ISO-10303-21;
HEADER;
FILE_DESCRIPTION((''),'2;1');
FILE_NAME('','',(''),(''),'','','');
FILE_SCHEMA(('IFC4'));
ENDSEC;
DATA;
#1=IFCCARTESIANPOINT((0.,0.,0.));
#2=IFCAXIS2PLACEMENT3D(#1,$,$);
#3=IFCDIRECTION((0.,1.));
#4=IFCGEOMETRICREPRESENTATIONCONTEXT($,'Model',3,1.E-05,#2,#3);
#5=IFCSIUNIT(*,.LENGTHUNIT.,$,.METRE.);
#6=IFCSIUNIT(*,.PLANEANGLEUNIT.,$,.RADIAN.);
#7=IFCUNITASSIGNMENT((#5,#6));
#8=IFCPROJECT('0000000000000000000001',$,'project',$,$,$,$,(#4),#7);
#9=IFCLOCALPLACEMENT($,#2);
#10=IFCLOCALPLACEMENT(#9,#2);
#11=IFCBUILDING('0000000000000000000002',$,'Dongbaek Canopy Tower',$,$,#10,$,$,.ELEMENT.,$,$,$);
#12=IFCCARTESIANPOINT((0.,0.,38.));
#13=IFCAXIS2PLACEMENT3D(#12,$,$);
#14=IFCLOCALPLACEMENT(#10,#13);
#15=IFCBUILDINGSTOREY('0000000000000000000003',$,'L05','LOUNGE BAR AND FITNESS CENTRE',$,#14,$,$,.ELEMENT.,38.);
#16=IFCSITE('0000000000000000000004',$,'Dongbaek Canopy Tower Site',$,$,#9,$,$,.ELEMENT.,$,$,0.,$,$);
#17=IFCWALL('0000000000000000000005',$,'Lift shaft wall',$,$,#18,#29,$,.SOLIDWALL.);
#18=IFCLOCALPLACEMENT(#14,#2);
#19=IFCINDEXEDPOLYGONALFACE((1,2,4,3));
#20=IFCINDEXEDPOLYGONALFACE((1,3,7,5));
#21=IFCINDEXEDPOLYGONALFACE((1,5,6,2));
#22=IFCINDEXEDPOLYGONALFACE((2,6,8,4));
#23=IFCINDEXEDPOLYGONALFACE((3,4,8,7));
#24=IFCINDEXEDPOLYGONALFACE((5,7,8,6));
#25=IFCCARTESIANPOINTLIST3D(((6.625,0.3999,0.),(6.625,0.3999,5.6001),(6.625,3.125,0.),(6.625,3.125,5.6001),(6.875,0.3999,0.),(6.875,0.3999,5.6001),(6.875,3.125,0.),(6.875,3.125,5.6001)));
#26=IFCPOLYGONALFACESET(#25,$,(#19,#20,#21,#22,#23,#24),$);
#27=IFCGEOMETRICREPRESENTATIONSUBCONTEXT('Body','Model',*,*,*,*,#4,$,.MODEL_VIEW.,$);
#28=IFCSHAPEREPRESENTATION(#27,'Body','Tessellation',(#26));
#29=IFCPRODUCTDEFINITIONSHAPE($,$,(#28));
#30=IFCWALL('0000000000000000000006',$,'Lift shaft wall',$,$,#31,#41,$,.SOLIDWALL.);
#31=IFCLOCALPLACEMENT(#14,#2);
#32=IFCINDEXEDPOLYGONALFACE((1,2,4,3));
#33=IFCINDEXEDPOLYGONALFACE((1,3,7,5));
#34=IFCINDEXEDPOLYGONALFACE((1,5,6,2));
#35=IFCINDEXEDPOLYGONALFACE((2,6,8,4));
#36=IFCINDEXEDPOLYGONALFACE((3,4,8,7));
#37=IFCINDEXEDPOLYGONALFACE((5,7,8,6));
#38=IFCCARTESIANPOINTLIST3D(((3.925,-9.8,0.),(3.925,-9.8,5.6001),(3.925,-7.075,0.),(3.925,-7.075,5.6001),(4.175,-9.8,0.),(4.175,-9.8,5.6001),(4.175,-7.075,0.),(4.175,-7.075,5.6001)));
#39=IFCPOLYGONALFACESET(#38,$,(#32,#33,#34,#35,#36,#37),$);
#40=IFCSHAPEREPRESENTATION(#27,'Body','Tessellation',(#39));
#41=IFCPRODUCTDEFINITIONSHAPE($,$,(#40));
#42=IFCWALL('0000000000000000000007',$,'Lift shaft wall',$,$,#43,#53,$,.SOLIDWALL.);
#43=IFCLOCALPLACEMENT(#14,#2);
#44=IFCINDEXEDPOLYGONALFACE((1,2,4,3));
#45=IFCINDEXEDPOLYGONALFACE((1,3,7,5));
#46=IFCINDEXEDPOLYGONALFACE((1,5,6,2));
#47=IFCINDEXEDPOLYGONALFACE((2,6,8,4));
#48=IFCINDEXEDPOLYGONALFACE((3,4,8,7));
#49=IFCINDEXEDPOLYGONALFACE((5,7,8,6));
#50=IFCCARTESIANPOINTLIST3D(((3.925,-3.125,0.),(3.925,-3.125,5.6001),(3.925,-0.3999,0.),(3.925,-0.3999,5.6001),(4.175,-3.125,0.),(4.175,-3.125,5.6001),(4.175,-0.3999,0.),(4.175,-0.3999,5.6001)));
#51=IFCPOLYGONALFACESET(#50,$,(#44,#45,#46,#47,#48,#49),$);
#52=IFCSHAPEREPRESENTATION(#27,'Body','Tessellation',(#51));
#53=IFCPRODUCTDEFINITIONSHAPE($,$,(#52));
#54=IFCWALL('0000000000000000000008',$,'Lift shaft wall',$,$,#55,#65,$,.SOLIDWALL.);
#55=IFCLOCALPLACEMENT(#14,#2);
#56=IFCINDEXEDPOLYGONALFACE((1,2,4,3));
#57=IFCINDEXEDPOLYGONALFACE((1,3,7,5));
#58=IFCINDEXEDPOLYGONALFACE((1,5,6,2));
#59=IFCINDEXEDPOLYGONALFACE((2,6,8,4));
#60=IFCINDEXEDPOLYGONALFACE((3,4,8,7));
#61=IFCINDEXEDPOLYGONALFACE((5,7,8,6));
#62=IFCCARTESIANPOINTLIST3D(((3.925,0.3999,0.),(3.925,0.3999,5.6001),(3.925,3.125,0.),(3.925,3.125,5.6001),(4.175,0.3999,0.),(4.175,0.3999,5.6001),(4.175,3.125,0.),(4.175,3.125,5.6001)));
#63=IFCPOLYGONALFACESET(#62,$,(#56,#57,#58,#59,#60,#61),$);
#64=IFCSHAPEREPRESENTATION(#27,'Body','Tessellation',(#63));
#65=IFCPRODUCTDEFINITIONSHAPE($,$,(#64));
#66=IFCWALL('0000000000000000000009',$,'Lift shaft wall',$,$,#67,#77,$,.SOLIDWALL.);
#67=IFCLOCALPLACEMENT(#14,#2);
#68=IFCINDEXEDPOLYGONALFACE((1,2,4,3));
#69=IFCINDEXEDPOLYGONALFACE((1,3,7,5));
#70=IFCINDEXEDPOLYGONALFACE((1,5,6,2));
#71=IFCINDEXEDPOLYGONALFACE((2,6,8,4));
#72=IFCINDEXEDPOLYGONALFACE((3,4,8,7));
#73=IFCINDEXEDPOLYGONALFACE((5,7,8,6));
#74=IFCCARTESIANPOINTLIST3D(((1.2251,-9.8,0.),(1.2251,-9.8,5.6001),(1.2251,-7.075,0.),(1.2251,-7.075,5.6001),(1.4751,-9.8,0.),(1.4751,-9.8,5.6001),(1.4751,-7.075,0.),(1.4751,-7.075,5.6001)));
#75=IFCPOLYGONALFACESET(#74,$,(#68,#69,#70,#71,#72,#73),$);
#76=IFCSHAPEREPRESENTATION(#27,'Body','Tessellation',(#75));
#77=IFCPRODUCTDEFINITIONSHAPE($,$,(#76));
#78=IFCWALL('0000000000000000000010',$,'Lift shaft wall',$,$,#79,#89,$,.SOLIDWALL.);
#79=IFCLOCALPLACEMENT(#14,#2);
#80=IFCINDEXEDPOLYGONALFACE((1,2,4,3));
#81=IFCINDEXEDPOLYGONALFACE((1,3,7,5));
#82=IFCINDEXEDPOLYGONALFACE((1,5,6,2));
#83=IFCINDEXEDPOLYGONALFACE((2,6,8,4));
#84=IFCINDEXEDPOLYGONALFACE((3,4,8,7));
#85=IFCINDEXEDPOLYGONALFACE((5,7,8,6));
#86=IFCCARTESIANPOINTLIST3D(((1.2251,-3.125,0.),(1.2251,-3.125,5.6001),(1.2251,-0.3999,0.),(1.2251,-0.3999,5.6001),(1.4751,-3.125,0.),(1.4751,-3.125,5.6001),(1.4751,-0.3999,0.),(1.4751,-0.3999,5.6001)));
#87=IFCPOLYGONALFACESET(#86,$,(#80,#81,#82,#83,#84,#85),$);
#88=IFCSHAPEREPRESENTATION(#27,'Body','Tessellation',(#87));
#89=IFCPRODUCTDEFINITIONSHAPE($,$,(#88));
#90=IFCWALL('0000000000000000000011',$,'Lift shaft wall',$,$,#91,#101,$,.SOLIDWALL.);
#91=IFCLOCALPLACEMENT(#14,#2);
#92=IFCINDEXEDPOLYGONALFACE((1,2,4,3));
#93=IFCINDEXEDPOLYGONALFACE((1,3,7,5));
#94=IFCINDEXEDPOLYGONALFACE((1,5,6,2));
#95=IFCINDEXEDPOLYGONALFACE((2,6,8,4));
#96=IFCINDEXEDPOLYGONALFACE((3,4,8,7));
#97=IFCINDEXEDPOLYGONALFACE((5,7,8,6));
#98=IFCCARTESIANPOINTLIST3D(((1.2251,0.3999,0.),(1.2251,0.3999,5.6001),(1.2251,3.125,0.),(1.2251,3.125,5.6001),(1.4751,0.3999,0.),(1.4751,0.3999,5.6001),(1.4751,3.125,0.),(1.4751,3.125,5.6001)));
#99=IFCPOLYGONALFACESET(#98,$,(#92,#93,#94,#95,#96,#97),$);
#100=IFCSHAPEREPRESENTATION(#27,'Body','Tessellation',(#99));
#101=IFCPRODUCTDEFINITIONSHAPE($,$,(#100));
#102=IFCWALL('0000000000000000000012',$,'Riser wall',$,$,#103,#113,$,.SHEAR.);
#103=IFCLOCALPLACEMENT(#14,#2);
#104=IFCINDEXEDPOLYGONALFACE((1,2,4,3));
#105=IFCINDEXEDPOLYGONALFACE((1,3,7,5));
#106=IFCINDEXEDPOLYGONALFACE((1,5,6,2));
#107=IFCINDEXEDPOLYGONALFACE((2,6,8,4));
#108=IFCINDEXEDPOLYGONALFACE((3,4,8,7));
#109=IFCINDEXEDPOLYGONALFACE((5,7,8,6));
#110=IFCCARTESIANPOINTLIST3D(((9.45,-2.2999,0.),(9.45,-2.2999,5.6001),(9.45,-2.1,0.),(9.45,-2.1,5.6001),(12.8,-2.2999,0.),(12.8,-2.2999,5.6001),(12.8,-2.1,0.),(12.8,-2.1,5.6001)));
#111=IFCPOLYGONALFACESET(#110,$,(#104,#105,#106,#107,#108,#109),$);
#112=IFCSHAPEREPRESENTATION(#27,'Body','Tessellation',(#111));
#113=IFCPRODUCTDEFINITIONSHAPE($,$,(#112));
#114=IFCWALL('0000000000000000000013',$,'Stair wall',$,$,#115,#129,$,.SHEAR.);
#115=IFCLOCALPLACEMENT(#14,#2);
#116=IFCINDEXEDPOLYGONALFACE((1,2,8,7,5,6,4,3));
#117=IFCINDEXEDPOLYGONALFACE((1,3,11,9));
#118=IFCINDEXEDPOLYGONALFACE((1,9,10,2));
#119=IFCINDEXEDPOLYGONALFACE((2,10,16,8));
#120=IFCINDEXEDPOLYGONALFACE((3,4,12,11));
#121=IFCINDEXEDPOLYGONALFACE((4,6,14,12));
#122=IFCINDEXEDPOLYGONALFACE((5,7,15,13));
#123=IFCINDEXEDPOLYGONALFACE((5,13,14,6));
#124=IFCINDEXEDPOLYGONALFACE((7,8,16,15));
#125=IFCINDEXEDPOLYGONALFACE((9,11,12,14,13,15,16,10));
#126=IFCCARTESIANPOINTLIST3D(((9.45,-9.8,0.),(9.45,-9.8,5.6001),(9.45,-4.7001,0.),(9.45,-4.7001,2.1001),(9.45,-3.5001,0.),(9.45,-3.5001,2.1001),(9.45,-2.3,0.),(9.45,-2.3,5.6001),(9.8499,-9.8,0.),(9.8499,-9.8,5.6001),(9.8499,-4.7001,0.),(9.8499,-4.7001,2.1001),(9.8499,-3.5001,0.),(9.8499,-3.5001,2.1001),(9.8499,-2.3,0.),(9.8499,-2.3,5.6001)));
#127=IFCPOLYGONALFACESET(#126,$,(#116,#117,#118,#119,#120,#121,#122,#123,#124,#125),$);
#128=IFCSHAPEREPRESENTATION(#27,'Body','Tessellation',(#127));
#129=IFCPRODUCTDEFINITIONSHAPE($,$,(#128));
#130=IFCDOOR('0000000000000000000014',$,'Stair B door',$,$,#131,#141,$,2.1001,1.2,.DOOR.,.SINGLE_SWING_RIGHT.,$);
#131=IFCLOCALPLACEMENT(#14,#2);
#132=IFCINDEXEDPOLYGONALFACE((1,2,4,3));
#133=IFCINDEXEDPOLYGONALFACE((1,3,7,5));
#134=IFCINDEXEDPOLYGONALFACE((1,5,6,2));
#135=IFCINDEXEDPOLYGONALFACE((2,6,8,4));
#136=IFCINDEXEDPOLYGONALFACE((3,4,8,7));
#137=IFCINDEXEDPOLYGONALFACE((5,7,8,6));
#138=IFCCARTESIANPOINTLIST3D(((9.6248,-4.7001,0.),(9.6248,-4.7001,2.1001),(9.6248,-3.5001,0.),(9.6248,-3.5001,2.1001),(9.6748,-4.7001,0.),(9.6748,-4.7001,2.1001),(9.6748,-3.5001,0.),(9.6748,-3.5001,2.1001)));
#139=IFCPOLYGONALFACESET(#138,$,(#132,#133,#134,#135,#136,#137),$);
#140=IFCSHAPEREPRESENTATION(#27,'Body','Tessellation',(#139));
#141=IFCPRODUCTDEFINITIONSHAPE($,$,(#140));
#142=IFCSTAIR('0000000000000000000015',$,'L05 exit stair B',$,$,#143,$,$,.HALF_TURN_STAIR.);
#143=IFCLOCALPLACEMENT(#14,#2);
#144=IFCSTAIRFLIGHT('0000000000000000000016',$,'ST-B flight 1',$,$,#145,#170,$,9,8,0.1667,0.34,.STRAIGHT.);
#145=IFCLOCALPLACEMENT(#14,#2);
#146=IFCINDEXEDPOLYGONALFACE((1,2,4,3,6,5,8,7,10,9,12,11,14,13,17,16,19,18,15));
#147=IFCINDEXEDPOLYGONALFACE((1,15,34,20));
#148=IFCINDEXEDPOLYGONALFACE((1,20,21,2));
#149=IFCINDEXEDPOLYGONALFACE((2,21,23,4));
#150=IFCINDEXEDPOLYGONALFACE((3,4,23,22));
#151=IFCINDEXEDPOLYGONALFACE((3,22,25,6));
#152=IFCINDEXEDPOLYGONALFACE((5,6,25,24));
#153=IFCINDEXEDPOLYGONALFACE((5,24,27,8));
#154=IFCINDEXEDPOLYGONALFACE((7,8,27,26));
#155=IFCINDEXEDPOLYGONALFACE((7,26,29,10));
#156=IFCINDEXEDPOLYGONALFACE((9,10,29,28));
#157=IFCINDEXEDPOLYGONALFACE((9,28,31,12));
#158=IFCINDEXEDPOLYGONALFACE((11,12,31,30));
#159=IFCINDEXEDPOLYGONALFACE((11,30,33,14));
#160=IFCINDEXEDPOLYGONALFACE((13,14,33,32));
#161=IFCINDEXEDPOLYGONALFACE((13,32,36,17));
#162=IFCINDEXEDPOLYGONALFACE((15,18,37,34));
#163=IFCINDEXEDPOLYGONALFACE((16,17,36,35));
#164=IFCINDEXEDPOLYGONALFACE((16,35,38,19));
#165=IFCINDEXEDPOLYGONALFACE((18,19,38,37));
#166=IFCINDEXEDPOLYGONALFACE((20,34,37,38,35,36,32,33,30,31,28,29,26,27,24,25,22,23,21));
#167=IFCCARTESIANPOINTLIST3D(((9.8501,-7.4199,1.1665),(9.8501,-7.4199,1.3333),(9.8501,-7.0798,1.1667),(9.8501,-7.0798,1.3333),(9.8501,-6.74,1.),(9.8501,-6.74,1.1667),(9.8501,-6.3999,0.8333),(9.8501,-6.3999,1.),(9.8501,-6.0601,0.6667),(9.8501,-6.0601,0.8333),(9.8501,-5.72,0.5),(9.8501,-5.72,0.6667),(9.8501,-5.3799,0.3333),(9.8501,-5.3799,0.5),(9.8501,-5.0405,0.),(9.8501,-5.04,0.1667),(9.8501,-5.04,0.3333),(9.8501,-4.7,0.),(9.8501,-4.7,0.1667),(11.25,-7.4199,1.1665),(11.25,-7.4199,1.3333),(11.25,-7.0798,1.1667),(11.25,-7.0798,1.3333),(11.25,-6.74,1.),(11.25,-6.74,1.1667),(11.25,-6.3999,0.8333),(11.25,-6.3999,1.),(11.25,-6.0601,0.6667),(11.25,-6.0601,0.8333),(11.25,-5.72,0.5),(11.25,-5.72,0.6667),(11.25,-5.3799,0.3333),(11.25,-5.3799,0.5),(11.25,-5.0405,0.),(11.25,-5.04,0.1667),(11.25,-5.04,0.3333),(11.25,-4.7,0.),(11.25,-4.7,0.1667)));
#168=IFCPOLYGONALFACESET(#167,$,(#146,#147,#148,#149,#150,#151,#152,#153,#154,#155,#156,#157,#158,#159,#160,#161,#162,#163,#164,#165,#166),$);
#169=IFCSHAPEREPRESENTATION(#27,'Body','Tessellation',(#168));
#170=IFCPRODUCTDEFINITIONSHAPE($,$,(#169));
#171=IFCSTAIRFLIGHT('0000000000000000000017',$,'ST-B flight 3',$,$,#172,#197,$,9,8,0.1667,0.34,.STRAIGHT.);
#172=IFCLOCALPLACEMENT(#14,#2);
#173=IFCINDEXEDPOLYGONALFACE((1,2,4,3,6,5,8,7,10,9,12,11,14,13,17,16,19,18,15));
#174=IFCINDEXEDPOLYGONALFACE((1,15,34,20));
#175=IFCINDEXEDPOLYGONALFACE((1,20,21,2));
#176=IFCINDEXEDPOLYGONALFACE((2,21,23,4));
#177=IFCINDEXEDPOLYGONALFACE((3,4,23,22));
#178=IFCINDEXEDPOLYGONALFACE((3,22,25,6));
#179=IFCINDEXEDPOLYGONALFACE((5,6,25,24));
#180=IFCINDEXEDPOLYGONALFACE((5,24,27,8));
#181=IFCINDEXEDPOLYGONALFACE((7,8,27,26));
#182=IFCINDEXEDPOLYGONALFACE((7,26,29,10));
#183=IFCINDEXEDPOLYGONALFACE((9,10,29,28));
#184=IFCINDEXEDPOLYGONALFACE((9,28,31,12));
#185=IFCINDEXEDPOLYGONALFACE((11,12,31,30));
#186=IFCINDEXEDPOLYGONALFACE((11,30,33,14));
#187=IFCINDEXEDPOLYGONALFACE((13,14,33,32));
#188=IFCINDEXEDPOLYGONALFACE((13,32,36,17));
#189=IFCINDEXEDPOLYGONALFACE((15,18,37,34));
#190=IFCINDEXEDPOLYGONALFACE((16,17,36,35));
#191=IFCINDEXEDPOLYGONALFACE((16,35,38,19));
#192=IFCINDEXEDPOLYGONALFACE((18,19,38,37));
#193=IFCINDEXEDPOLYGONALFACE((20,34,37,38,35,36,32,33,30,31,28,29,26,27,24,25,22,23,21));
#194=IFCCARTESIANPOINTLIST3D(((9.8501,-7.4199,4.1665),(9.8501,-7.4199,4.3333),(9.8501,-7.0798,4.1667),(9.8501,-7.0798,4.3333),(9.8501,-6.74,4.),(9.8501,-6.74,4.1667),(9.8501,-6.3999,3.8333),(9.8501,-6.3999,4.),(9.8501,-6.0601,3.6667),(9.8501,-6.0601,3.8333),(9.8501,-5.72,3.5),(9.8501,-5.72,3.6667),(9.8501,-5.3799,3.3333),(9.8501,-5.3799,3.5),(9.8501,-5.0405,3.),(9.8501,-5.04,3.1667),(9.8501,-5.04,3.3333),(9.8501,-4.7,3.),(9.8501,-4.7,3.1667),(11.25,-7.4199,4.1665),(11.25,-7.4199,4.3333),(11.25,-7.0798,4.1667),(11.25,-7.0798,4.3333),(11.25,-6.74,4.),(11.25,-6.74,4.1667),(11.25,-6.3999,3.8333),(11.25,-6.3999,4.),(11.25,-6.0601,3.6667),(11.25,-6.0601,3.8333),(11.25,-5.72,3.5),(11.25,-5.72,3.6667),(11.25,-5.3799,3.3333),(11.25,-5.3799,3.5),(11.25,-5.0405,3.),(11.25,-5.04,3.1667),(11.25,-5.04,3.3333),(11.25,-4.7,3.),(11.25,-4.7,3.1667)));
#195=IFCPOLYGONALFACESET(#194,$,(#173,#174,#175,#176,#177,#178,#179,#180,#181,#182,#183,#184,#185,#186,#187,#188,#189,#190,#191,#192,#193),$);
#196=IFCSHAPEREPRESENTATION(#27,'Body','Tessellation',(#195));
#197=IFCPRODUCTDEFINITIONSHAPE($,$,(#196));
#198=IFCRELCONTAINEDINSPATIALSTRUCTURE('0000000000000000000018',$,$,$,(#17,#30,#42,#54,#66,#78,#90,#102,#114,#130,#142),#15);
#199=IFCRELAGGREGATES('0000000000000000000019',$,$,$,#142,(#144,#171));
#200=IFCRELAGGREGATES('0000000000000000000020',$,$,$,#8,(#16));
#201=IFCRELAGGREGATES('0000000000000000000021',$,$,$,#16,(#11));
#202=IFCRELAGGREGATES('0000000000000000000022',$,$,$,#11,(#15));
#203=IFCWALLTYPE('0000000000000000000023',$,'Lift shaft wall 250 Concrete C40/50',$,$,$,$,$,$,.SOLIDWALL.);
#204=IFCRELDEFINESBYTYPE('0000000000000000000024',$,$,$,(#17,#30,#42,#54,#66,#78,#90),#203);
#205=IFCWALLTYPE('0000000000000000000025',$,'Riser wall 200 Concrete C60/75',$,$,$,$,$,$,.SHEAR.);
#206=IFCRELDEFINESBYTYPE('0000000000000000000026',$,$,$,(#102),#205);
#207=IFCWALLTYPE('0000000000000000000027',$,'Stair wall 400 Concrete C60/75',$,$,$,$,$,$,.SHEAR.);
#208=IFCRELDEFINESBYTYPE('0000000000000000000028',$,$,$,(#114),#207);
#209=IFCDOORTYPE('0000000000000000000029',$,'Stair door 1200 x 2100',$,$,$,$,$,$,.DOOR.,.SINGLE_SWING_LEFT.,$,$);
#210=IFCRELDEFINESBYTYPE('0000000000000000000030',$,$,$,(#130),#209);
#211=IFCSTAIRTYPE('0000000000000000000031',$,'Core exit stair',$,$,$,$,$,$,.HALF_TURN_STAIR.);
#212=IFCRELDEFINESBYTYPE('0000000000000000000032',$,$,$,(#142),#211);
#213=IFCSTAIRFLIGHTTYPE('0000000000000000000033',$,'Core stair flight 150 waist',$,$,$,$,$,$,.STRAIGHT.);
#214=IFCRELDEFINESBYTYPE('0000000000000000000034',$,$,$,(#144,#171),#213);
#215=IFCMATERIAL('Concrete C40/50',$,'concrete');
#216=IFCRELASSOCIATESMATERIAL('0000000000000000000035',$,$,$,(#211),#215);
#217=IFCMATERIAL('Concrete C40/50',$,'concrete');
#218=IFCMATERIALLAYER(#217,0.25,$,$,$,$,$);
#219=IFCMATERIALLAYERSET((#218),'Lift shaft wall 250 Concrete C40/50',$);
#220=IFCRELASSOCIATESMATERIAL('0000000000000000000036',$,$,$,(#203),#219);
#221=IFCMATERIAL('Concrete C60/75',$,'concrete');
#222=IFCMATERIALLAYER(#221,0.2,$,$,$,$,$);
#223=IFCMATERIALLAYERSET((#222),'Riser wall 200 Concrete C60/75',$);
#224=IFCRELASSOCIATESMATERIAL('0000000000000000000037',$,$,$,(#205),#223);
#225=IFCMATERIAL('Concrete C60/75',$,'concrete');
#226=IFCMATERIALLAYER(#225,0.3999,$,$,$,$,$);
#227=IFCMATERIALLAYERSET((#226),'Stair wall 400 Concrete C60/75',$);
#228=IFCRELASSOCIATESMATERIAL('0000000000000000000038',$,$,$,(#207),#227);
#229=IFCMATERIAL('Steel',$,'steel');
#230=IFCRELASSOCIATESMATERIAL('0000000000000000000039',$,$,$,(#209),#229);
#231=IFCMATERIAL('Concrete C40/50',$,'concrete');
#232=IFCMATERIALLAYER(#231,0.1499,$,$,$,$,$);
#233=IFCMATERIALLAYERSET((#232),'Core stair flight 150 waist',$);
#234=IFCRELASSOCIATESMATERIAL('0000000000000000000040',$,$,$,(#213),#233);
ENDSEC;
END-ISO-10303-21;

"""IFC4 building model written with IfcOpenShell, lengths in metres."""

from ifc_helpers import new_model, si_unit, direction, frame, frame_2d, origin, place, context, subcontext, project, spatial, polyline, rectangle, outline, extrude, material, layer, layer_set, type_object, element, fill, aggregate, save


model = new_model("IFC4")

# Units and contexts
model_context = context("Model", 3, precision=1e-05, world=origin(), true_north=direction((0.0, 1.0)))
body_context = subcontext(model_context, "Body", "Model", "MODEL_VIEW")
ifc_project = project(units=[si_unit("LENGTHUNIT", "METRE"), si_unit("PLANEANGLEUNIT", "RADIAN")], contexts=[model_context])

# Site, building, storey
site_placement = place(None, origin())
site = spatial("IfcSite", under=ifc_project, at=site_placement, Name="Dongbaek Canopy Tower Site", CompositionType="ELEMENT", RefElevation=0.0)
building_placement = place(site_placement, origin())
building = spatial("IfcBuilding", under=site, at=building_placement, Name="Dongbaek Canopy Tower", CompositionType="ELEMENT")
storey_placement = place(building_placement, frame((0.0, 0.0, 38.0)))
storey = spatial("IfcBuildingStorey", under=building, at=storey_placement, Name="L05", Description="LOUNGE BAR AND FITNESS CENTRE", CompositionType="ELEMENT", Elevation=38.0)

# Shared definitions
ifc_material_1 = material(Name="Concrete C40/50", Category="concrete")
stair_type = type_object("IfcStairType", Name="Core exit stair", PredefinedType="HALF_TURN_STAIR", material=ifc_material_1)

# Walls
ifc_material_2 = material(Name="Concrete C40/50", Category="concrete")
ifc_layer_1 = layer(ifc_material_2, 0.25)
ifc_layer_set_1 = layer_set([ifc_layer_1], Name="Lift shaft wall 250 Concrete C40/50")
wall_type_1 = type_object("IfcWallType", Name="Lift shaft wall 250 Concrete C40/50", PredefinedType="SOLIDWALL", material=ifc_layer_set_1)
for number, where, z_axis, x_axis, name in (
    (1, (6.75, 0.3999, 0.0), (0.0, 0.0, 1.0), (0.0, 1.0, 0.0), "Lift shaft wall"),
    (2, (4.05, -9.8, 0.0), (0.0, 0.0, 1.0), (0.0, 1.0, 0.0), "Lift shaft wall"),
    (3, (4.05, -3.125, 0.0), (0.0, 0.0, 1.0), (0.0, 1.0, 0.0), "Lift shaft wall"),
    (4, (4.05, 0.3999, 0.0), (0.0, 0.0, 1.0), (0.0, 1.0, 0.0), "Lift shaft wall"),
    (5, (1.3501, -9.8, 0.0), (0.0, 0.0, 1.0), (0.0, 1.0, 0.0), "Lift shaft wall"),
    (6, (1.3501, -3.125, 0.0), (0.0, 0.0, 1.0), (0.0, 1.0, 0.0), "Lift shaft wall"),
    (7, (1.3501, 0.3999, 0.0), (0.0, 0.0, 1.0), (0.0, 1.0, 0.0), "Lift shaft wall"),
):
    element("IfcWall", number, at=place(storey_placement, frame(where, z_axis=z_axis, x_axis=x_axis)), inside=storey, type_object=wall_type_1, Name=name, PredefinedType="SOLIDWALL", context=body_context, shape_type="SweptSolid", body=[
        extrude(rectangle(XDim=2.7251, YDim=0.25, at=frame_2d((1.3625, 0.0))), origin(), (0.0, 0.0, 1.0), 5.6001),
    ])
ifc_material_3 = material(Name="Concrete C60/75", Category="concrete")
ifc_layer_2 = layer(ifc_material_3, 0.2)
ifc_layer_set_2 = layer_set([ifc_layer_2], Name="Riser wall 200 Concrete C60/75")
wall_type_2 = type_object("IfcWallType", Name="Riser wall 200 Concrete C60/75", PredefinedType="SHEAR", material=ifc_layer_set_2)
wall_1_placement = place(storey_placement, frame((9.45, -2.2, 0.0), z_axis=(0.0, 0.0, 1.0), x_axis=(1.0, 0.0, 0.0)))
element("IfcWall", 8, at=wall_1_placement, inside=storey, type_object=wall_type_2, Name="Riser wall", PredefinedType="SHEAR", context=body_context, shape_type="SweptSolid", body=[
    extrude(rectangle(XDim=3.3501, YDim=0.2, at=frame_2d((1.675, 0.0))), origin(), (0.0, 0.0, 1.0), 5.6001),
])

# Wall, opening, door
ifc_material_4 = material(Name="Concrete C60/75", Category="concrete")
ifc_layer_3 = layer(ifc_material_4, 0.3999)
ifc_layer_set_3 = layer_set([ifc_layer_3], Name="Stair wall 400 Concrete C60/75")
wall_type_3 = type_object("IfcWallType", Name="Stair wall 400 Concrete C60/75", PredefinedType="SHEAR", material=ifc_layer_set_3)
wall_2_placement = place(storey_placement, frame((9.6499, -2.3, 0.0), z_axis=(0.0, 0.0, 1.0), x_axis=(0.0, -1.0, 0.0)))
wall_2 = element("IfcWall", 9, at=wall_2_placement, inside=storey, type_object=wall_type_3, Name="Stair wall", PredefinedType="SHEAR", context=body_context, shape_type="SweptSolid", body=[
    extrude(rectangle(XDim=7.5, YDim=0.3999, at=frame_2d((3.75, 0.0))), origin(), (0.0, 0.0, 1.0), 5.6001),
])
opening_1_placement = place(wall_2_placement, frame((1.2, 0.0, 0.0)))
opening_1 = element("IfcOpeningElement", 10, at=opening_1_placement, cuts=wall_2, PredefinedType="OPENING", context=body_context, shape_type="SweptSolid", body=[
    extrude(rectangle(XDim=1.2, YDim=2.1001, at=frame_2d((0.6001, 1.05))), frame((0.0, 0.21, 0.0), z_axis=(0.0, -1.0, 0.0), x_axis=(1.0, 0.0, 0.0)), (0.0, 0.0, 1.0), 0.4199),
])
ifc_material_5 = material(Name="Steel", Category="steel")
door_type_1 = type_object("IfcDoorType", Name="Stair door 1200 x 2100", OperationType="SINGLE_SWING_LEFT", PredefinedType="DOOR", material=ifc_material_5)
door_1_placement = place(opening_1_placement, origin())
door_1 = element("IfcDoor", 11, at=door_1_placement, inside=storey, type_object=door_type_1, Name="Stair B door", OperationType="SINGLE_SWING_RIGHT", OverallHeight=2.1001, OverallWidth=1.2, PredefinedType="DOOR", context=body_context, shape_type="SweptSolid", body=[
    extrude(rectangle(XDim=1.2, YDim=2.1001, at=frame_2d((0.6001, 1.05))), frame((0.0, 0.0249, 0.0), z_axis=(0.0, -1.0, 0.0), x_axis=(1.0, 0.0, 0.0)), (0.0, 0.0, 1.0), 0.05),
])
fill(opening_1, door_1)

# Stair, stair flights
stair_1_placement = place(storey_placement, origin())
stair_1 = element("IfcStair", 12, at=stair_1_placement, inside=storey, type_object=stair_type, Name="L05 exit stair B", PredefinedType="HALF_TURN_STAIR")
ifc_material_6 = material(Name="Concrete C40/50", Category="concrete")
ifc_layer_4 = layer(ifc_material_6, 0.1499)
ifc_layer_set_4 = layer_set([ifc_layer_4], Name="Core stair flight 150 waist")
stair_flight_type = type_object("IfcStairFlightType", Name="Core stair flight 150 waist", PredefinedType="STRAIGHT", material=ifc_layer_set_4)
stair_flight_1_placement = place(storey_placement, frame((10.55, -4.7, 0.0), z_axis=(0.0, 0.0, 1.0), x_axis=(0.0, -1.0, 0.0)))
stair_flight_1 = element("IfcStairFlight", 13, at=stair_flight_1_placement, type_object=stair_flight_type, Name="ST-B flight 1", NumberOfRisers=9, NumberOfTreads=8, PredefinedType="STRAIGHT", RiserHeight=0.1667, TreadLength=0.34, context=body_context, shape_type="SweptSolid", body=[
    extrude(outline(polyline([(0.0, 0.0), (0.0, 0.1667), (0.3401, 0.1667), (0.3401, 0.3333), (0.6799, 0.3333), (0.6799, 0.5), (1.02, 0.5), (1.02, 0.6667), (1.3601, 0.6667), (1.3601, 0.8333), (1.7, 0.8333), (1.7, 1.0), (2.04, 1.0), (2.04, 1.1667), (2.3799, 1.1667), (2.3799, 1.3333), (2.72, 1.3333), (2.72, 1.5), (2.72, 1.1665), (0.3406, 0.0), (0.0, 0.0)])), frame((0.0, 0.7, 0.0), z_axis=(0.0, -1.0, 0.0), x_axis=(1.0, 0.0, 0.0)), (0.0, 0.0, 1.0), 1.3999),
])
stair_flight_2_placement = place(storey_placement, frame((10.55, -4.7, 3.0), z_axis=(0.0, 0.0, 1.0), x_axis=(0.0, -1.0, 0.0)))
stair_flight_2 = element("IfcStairFlight", 14, at=stair_flight_2_placement, type_object=stair_flight_type, Name="ST-B flight 3", NumberOfRisers=9, NumberOfTreads=8, PredefinedType="STRAIGHT", RiserHeight=0.1667, TreadLength=0.34, context=body_context, shape_type="SweptSolid", body=[
    extrude(outline(polyline([(0.0, 0.0), (0.0, 0.1667), (0.3401, 0.1667), (0.3401, 0.3333), (0.6799, 0.3333), (0.6799, 0.5), (1.02, 0.5), (1.02, 0.6667), (1.3601, 0.6667), (1.3601, 0.8333), (1.7, 0.8333), (1.7, 1.0), (2.04, 1.0), (2.04, 1.1667), (2.3799, 1.1667), (2.3799, 1.3333), (2.72, 1.3333), (2.72, 1.5), (2.72, 1.1665), (0.3406, 0.0), (0.0, 0.0)])), frame((0.0, 0.7, 0.0), z_axis=(0.0, -1.0, 0.0), x_axis=(1.0, 0.0, 0.0)), (0.0, 0.0, 1.0), 1.3999),
])
aggregate(stair_1, [stair_flight_1, stair_flight_2])

save(model, "model.ifc")
